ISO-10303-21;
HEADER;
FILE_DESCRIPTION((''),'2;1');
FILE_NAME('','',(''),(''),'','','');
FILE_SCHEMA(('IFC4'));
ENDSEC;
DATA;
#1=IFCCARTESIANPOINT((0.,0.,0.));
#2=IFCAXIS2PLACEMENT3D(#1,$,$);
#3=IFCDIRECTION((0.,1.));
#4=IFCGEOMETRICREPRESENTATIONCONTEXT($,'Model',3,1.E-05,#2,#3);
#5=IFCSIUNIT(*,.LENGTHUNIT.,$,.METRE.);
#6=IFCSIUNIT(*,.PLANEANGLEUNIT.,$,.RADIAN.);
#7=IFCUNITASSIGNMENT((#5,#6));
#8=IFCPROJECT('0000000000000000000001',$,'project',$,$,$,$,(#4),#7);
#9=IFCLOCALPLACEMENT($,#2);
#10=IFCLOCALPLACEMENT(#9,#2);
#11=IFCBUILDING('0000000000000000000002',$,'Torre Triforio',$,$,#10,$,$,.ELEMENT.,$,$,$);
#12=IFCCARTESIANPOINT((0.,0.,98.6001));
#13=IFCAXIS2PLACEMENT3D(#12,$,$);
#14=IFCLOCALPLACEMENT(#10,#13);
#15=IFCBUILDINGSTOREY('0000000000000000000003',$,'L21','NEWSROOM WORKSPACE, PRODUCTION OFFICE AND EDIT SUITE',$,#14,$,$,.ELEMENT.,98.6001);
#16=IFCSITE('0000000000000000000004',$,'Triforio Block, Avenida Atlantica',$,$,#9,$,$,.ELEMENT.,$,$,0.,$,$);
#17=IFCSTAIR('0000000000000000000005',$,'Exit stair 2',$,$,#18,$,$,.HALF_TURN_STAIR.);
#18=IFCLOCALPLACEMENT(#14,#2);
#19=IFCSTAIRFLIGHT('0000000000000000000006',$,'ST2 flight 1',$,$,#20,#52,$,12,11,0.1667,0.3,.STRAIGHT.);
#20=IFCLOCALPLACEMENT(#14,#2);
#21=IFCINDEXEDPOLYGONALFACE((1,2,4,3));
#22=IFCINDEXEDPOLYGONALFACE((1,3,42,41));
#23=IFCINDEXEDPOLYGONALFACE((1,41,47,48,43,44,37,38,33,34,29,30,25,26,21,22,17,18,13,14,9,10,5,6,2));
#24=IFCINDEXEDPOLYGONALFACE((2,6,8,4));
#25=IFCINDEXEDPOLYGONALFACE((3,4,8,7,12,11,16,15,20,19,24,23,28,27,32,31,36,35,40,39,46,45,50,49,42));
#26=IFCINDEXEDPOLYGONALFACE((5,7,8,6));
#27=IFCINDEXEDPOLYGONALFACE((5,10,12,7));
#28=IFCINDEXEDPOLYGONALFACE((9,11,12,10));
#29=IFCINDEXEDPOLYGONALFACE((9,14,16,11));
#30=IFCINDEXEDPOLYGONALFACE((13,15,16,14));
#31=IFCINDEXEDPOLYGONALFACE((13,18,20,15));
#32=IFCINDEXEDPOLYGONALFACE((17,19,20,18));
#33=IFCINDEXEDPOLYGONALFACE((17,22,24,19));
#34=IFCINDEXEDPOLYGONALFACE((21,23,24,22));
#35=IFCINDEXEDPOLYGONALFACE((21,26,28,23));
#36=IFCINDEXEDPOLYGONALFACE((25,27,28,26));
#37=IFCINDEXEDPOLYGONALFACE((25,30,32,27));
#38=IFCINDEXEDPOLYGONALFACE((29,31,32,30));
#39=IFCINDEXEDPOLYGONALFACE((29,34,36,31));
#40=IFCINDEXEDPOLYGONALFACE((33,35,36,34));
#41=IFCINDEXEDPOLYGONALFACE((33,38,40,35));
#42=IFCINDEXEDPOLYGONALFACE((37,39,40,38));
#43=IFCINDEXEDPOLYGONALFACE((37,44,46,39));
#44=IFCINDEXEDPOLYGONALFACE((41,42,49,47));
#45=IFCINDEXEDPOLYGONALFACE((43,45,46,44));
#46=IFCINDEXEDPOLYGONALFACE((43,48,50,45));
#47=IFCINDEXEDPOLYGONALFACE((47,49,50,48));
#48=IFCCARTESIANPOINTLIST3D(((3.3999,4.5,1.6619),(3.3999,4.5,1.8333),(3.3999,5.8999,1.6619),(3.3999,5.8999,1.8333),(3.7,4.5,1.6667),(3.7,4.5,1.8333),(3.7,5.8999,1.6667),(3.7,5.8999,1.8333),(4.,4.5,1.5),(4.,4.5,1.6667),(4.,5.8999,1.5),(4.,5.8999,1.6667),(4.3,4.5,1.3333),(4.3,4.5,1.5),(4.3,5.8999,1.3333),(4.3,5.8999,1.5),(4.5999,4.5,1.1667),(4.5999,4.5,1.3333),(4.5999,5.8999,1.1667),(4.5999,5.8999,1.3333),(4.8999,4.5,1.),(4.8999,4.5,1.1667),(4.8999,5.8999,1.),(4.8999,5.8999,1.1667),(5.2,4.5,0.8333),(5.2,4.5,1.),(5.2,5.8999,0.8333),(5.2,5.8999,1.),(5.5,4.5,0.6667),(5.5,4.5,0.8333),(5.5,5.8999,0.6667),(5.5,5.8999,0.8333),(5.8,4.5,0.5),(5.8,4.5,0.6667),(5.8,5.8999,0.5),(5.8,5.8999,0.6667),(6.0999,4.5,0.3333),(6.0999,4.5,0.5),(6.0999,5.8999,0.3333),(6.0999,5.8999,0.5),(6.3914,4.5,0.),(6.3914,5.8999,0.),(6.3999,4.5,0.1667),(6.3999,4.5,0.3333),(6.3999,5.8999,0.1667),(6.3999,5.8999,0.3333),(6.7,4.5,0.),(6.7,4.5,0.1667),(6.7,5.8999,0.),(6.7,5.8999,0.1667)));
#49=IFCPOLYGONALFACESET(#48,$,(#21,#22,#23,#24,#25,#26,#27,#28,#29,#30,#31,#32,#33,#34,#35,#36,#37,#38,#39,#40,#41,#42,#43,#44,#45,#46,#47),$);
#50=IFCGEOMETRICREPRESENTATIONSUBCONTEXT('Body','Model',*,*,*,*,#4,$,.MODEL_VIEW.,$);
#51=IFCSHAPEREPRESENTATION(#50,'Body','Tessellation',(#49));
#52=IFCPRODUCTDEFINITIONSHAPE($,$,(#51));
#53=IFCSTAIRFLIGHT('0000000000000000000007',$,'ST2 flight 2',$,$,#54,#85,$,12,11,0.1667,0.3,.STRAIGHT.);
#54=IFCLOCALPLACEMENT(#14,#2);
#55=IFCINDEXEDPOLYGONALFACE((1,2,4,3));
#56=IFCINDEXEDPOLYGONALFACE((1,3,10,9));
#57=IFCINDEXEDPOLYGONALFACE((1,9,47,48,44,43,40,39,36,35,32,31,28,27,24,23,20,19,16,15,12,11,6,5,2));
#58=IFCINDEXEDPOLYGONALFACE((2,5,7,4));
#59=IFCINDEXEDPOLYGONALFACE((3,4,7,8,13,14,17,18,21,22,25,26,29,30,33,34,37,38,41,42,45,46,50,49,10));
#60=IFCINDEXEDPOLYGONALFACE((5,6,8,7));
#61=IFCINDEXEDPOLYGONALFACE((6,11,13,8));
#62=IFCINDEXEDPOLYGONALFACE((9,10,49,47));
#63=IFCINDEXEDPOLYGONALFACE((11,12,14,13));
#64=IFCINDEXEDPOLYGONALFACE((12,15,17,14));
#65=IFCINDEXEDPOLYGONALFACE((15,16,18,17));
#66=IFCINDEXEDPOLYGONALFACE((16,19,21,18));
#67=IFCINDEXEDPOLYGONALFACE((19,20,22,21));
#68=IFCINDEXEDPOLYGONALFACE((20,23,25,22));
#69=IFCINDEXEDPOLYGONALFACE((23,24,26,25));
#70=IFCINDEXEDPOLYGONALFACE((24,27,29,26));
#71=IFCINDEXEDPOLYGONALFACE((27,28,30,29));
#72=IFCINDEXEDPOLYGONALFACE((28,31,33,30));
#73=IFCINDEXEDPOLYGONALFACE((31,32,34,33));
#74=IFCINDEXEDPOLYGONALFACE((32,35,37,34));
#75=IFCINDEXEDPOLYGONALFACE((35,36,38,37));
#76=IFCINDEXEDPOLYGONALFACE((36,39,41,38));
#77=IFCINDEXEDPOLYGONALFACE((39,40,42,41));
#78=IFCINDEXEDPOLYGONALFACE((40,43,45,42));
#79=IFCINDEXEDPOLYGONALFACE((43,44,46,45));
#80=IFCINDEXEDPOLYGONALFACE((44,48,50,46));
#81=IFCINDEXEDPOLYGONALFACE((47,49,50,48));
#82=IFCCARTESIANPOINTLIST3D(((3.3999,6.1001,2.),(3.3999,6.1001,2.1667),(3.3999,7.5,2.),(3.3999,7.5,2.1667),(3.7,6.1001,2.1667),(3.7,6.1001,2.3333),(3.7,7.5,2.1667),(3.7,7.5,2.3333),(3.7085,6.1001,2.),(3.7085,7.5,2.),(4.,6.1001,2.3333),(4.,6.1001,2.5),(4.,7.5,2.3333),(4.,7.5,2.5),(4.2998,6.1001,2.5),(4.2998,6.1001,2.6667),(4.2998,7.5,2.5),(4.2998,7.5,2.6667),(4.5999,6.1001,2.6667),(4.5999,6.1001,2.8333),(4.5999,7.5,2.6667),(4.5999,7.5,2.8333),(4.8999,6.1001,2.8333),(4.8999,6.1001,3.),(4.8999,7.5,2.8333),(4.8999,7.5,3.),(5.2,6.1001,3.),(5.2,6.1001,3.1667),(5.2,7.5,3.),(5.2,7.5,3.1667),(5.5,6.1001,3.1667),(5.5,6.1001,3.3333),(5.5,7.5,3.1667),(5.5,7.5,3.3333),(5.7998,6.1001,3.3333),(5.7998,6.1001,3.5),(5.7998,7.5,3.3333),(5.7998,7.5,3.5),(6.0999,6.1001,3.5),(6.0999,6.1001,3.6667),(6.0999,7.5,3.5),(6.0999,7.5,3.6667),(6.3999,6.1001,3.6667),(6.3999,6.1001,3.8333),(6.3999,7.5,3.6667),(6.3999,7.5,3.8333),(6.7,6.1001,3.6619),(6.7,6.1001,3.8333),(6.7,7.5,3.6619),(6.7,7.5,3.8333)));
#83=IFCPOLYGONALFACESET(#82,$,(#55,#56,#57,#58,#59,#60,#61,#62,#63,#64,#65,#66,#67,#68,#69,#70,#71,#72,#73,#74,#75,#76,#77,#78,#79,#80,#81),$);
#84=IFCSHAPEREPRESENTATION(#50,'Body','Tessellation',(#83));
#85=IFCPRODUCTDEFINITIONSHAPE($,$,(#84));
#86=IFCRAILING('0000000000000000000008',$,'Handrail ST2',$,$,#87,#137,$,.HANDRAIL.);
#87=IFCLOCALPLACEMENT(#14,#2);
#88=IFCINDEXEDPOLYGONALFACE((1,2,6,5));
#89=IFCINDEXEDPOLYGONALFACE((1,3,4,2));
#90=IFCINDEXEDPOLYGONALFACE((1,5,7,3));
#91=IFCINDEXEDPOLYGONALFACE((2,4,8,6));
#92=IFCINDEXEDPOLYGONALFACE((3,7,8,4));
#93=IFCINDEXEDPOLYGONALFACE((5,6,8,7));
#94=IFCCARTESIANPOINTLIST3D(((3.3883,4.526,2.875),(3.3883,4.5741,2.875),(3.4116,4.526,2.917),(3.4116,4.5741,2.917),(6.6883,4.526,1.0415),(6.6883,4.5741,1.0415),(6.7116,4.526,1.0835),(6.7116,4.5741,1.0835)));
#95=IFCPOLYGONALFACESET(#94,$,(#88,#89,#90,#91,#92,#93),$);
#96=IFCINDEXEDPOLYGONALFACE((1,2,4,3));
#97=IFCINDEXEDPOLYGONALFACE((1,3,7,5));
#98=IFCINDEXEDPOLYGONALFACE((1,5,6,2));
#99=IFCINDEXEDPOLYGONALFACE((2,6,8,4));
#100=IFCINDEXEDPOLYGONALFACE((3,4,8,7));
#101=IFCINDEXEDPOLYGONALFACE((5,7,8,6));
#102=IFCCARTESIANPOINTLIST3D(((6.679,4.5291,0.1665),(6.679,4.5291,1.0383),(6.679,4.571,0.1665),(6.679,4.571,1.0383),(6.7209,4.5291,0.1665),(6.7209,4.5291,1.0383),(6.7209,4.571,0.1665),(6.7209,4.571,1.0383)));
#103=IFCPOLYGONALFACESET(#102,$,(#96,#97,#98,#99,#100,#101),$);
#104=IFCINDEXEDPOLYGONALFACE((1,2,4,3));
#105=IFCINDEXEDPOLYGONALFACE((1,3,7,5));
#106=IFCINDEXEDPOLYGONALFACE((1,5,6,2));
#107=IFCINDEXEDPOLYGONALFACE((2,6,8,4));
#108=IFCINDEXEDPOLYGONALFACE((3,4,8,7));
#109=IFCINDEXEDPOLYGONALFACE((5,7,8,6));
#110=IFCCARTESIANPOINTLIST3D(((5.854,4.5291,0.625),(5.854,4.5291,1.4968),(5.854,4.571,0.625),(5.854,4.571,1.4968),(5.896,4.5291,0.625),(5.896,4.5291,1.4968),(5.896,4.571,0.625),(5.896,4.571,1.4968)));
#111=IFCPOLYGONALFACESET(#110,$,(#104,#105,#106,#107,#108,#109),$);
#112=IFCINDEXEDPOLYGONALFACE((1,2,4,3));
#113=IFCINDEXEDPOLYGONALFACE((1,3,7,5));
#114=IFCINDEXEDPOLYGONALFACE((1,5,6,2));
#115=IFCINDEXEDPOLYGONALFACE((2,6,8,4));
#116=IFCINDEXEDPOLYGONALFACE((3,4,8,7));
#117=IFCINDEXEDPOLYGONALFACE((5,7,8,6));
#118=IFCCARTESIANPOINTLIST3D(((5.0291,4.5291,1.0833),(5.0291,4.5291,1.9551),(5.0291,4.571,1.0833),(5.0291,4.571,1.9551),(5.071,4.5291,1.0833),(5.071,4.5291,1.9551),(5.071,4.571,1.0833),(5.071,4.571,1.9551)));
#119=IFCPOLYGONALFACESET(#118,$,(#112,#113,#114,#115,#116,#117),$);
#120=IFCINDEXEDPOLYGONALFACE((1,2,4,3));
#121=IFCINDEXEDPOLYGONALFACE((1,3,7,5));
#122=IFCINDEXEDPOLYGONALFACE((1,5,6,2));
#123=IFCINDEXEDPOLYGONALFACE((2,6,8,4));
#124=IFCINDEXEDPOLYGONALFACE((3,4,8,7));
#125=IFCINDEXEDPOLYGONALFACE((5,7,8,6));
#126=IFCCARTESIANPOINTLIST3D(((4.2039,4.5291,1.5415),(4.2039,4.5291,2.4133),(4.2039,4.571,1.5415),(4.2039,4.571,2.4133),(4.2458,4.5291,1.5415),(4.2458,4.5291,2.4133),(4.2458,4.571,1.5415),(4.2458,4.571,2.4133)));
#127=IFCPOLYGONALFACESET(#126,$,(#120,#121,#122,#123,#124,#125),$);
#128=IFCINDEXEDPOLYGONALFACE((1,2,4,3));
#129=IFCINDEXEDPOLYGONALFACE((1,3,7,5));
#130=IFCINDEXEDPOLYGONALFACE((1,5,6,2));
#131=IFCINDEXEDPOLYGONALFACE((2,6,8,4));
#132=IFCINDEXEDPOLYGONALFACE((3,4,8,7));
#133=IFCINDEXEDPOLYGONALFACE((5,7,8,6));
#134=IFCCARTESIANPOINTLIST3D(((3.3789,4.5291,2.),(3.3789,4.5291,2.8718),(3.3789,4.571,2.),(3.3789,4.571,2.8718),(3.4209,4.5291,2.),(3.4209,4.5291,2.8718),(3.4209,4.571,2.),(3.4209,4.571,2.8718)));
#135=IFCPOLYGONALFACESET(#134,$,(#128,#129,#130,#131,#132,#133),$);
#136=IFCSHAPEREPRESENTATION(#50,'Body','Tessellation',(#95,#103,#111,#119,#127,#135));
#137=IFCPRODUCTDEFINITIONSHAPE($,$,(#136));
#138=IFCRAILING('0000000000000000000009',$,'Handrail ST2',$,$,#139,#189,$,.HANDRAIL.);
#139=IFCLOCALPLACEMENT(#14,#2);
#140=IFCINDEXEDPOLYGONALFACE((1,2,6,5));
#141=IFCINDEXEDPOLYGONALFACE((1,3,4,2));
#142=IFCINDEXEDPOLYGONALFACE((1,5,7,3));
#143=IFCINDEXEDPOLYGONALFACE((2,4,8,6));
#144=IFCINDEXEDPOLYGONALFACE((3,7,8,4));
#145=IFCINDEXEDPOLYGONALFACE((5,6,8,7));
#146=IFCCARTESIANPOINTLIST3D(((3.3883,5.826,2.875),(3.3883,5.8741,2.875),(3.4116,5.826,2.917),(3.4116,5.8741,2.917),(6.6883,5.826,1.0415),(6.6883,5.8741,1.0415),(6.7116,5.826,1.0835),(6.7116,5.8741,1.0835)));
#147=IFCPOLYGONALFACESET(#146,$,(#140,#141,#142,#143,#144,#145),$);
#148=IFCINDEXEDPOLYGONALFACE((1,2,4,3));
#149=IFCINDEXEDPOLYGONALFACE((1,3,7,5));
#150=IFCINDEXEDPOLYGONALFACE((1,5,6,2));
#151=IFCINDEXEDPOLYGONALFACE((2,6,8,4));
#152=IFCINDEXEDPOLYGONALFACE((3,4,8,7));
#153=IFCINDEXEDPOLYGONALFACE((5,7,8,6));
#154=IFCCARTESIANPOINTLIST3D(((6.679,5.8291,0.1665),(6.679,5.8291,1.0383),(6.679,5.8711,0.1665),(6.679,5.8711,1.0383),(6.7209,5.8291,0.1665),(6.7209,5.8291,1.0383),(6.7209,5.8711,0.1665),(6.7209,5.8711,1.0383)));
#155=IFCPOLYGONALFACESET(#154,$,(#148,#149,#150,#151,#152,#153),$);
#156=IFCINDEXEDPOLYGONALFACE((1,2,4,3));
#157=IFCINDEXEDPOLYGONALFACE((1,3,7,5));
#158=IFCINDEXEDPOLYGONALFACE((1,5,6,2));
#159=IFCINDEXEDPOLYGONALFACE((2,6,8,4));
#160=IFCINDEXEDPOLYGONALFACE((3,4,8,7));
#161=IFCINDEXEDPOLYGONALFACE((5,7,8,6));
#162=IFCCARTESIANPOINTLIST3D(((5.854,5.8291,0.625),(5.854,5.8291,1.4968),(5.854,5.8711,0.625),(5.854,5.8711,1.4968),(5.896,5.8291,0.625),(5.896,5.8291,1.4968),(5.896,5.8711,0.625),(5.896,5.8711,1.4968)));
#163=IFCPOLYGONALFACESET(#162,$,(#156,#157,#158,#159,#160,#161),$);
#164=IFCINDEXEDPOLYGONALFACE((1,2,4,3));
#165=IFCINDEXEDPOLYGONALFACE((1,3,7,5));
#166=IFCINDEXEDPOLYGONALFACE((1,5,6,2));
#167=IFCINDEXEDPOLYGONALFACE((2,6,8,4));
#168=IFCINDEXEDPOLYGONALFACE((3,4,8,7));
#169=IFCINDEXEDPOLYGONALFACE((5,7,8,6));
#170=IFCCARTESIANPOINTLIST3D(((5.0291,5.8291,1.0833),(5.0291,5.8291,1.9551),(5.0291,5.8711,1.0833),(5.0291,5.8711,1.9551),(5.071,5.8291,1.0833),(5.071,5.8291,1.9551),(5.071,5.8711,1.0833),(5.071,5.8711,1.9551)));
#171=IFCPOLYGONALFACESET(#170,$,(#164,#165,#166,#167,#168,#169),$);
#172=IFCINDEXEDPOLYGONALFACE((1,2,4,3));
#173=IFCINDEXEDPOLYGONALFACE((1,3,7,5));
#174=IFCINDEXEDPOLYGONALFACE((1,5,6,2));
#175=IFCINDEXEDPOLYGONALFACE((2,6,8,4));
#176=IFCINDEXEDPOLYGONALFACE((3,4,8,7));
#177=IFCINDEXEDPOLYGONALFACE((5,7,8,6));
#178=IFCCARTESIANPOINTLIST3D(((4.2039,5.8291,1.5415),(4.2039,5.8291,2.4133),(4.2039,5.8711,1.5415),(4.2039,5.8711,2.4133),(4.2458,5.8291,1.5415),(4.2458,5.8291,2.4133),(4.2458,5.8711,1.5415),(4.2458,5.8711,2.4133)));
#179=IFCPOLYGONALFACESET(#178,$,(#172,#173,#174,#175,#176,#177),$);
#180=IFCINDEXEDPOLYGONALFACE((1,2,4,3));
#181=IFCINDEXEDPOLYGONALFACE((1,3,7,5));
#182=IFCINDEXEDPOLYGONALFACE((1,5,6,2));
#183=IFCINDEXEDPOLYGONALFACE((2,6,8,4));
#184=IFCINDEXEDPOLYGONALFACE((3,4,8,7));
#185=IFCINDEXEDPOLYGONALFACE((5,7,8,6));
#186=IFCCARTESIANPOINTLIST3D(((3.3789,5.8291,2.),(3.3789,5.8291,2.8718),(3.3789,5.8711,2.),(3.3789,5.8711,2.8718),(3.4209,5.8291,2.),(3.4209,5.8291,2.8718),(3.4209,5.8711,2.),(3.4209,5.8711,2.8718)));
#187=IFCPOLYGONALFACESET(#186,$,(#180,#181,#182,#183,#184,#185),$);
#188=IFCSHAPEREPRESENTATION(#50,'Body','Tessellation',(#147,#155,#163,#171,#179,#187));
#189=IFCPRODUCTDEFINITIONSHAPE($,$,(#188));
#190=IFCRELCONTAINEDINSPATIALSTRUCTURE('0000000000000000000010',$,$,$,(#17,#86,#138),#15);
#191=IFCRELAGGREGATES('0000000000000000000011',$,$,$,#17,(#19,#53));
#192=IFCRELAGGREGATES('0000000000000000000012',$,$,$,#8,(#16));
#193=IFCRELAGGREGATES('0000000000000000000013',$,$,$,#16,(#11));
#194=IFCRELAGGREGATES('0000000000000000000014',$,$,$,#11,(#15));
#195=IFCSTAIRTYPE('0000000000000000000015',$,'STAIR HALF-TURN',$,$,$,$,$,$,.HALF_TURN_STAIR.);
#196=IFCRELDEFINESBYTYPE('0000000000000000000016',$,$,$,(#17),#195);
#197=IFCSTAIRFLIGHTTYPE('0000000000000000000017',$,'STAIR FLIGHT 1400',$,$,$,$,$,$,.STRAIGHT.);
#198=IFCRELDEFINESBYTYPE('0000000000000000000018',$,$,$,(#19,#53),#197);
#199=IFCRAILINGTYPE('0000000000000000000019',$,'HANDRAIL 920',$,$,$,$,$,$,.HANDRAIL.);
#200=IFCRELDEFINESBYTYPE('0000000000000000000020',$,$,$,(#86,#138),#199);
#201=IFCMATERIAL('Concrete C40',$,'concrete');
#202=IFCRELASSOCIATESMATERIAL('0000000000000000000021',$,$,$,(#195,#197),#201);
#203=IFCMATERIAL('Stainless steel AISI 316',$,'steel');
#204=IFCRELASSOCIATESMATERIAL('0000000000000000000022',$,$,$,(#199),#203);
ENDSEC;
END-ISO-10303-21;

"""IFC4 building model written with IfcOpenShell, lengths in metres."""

from ifc_helpers import new_model, si_unit, direction, frame, origin, origin_2d, place, context, subcontext, project, spatial, polyline, rectangle, outline, extrude, material, type_object, element, aggregate, save


model = new_model("IFC4")

# Units and contexts
model_context = context("Model", 3, precision=1e-05, world=origin(), true_north=direction((0.0, 1.0)))
body_context = subcontext(model_context, "Body", "Model", "MODEL_VIEW")
ifc_project = project(units=[si_unit("LENGTHUNIT", "METRE"), si_unit("PLANEANGLEUNIT", "RADIAN")], contexts=[model_context])

# Site, building, storey
site_placement = place(None, origin())
site = spatial("IfcSite", under=ifc_project, at=site_placement, Name="Triforio Block, Avenida Atlantica", CompositionType="ELEMENT", RefElevation=0.0)
building_placement = place(site_placement, origin())
building = spatial("IfcBuilding", under=site, at=building_placement, Name="Torre Triforio", CompositionType="ELEMENT")
storey_placement = place(building_placement, frame((0.0, 0.0, 98.6001)))
storey = spatial("IfcBuildingStorey", under=building, at=storey_placement, Name="L21", Description="NEWSROOM WORKSPACE, PRODUCTION OFFICE AND EDIT SUITE", CompositionType="ELEMENT", Elevation=98.6001)

# Stair, stair flights
ifc_material_1 = material(Name="Concrete C40", Category="concrete")
stair_type = type_object("IfcStairType", Name="STAIR HALF-TURN", PredefinedType="HALF_TURN_STAIR", material=ifc_material_1)
stair_placement = place(storey_placement, origin())
stair = element("IfcStair", 1, at=stair_placement, inside=storey, type_object=stair_type, Name="Exit stair 2", PredefinedType="HALF_TURN_STAIR")
stair_flight_type = type_object("IfcStairFlightType", Name="STAIR FLIGHT 1400", PredefinedType="STRAIGHT", material=ifc_material_1)
stair_flight_1_placement = place(storey_placement, frame((6.7, 5.2, 0.0), z_axis=(0.0, 0.0, 1.0), x_axis=(-1.0, 0.0, 0.0)))
stair_flight_1 = element("IfcStairFlight", 2, at=stair_flight_1_placement, type_object=stair_flight_type, Name="ST2 flight 1", NumberOfRisers=12, NumberOfTreads=11, PredefinedType="STRAIGHT", RiserHeight=0.1667, TreadLength=0.3, context=body_context, shape_type="SweptSolid", body=[
    extrude(outline(polyline([(0.0, 0.0), (0.0, 0.1667), (0.3, 0.1667), (0.3, 0.3333), (0.6001, 0.3333), (0.6001, 0.5), (0.8999, 0.5), (0.8999, 0.6667), (1.2, 0.6667), (1.2, 0.8333), (1.5, 0.8333), (1.5, 1.0), (1.8, 1.0), (1.8, 1.1667), (2.1001, 1.1667), (2.1001, 1.3333), (2.3999, 1.3333), (2.3999, 1.5), (2.7, 1.5), (2.7, 1.6667), (3.0, 1.6667), (3.0, 1.8333), (3.3, 1.8333), (3.3, 2.0), (3.3, 1.6619), (0.3086, 0.0), (0.0, 0.0)])), frame((0.0, 0.7, 0.0), z_axis=(0.0, -1.0, 0.0), x_axis=(1.0, 0.0, 0.0)), (0.0, 0.0, 1.0), 1.3999),
])
stair_flight_2_placement = place(storey_placement, frame((3.3999, 6.8, 2.0), z_axis=(0.0, 0.0, 1.0), x_axis=(1.0, 0.0, 0.0)))
stair_flight_2 = element("IfcStairFlight", 3, at=stair_flight_2_placement, type_object=stair_flight_type, Name="ST2 flight 2", NumberOfRisers=12, NumberOfTreads=11, PredefinedType="STRAIGHT", RiserHeight=0.1667, TreadLength=0.3, context=body_context, shape_type="SweptSolid", body=[
    extrude(outline(polyline([(0.0, 0.0), (0.0, 0.1667), (0.3, 0.1667), (0.3, 0.3333), (0.6001, 0.3333), (0.6001, 0.5), (0.8999, 0.5), (0.8999, 0.6667), (1.2, 0.6667), (1.2, 0.8333), (1.5, 0.8333), (1.5, 1.0), (1.8, 1.0), (1.8, 1.1667), (2.1001, 1.1667), (2.1001, 1.3333), (2.3999, 1.3333), (2.3999, 1.5), (2.7, 1.5), (2.7, 1.6667), (3.0, 1.6667), (3.0, 1.8333), (3.3, 1.8333), (3.3, 2.0), (3.3, 1.6619), (0.3086, 0.0), (0.0, 0.0)])), frame((0.0, 0.7, 0.0), z_axis=(0.0, -1.0, 0.0), x_axis=(1.0, 0.0, 0.0)), (0.0, 0.0, 1.0), 1.3999),
])
aggregate(stair, [stair_flight_1, stair_flight_2])

# Railings
ifc_material_2 = material(Name="Stainless steel AISI 316", Category="steel")
railing_type = type_object("IfcRailingType", Name="HANDRAIL 920", PredefinedType="HANDRAIL", material=ifc_material_2)
for number, where, name in (
    (4, (6.7, 4.55, 0.1665), "Handrail ST2"),
    (5, (6.7, 5.8501, 0.1665), "Handrail ST2"),
):
    element("IfcRailing", number, at=place(storey_placement, frame(where)), inside=storey, type_object=railing_type, Name=name, PredefinedType="HANDRAIL", context=body_context, shape_type="SweptSolid", body=[
        extrude(rectangle(XDim=0.0481, YDim=0.0481, at=origin_2d()), frame((0.0, 0.0, 0.896), z_axis=(-0.874142, 0.0, 0.48567), x_axis=(0.0, -1.0, 0.0)), (0.0, 0.0, 1.0), 3.7751),
        extrude(rectangle(XDim=0.042, YDim=0.042, at=origin_2d()), origin(), (0.0, 0.0, 1.0), 0.8718),
        extrude(rectangle(XDim=0.042, YDim=0.042, at=origin_2d()), frame((-0.825, 0.0, 0.4585)), (0.0, 0.0, 1.0), 0.8718),
        extrude(rectangle(XDim=0.042, YDim=0.042, at=origin_2d()), frame((-1.6499, 0.0, 0.9167)), (0.0, 0.0, 1.0), 0.8718),
        extrude(rectangle(XDim=0.042, YDim=0.042, at=origin_2d()), frame((-2.4751, 0.0, 1.375)), (0.0, 0.0, 1.0), 0.8718),
        extrude(rectangle(XDim=0.042, YDim=0.042, at=origin_2d()), frame((-3.3, 0.0, 1.8335)), (0.0, 0.0, 1.0), 0.8718),
    ])

save(model, "model.ifc")
